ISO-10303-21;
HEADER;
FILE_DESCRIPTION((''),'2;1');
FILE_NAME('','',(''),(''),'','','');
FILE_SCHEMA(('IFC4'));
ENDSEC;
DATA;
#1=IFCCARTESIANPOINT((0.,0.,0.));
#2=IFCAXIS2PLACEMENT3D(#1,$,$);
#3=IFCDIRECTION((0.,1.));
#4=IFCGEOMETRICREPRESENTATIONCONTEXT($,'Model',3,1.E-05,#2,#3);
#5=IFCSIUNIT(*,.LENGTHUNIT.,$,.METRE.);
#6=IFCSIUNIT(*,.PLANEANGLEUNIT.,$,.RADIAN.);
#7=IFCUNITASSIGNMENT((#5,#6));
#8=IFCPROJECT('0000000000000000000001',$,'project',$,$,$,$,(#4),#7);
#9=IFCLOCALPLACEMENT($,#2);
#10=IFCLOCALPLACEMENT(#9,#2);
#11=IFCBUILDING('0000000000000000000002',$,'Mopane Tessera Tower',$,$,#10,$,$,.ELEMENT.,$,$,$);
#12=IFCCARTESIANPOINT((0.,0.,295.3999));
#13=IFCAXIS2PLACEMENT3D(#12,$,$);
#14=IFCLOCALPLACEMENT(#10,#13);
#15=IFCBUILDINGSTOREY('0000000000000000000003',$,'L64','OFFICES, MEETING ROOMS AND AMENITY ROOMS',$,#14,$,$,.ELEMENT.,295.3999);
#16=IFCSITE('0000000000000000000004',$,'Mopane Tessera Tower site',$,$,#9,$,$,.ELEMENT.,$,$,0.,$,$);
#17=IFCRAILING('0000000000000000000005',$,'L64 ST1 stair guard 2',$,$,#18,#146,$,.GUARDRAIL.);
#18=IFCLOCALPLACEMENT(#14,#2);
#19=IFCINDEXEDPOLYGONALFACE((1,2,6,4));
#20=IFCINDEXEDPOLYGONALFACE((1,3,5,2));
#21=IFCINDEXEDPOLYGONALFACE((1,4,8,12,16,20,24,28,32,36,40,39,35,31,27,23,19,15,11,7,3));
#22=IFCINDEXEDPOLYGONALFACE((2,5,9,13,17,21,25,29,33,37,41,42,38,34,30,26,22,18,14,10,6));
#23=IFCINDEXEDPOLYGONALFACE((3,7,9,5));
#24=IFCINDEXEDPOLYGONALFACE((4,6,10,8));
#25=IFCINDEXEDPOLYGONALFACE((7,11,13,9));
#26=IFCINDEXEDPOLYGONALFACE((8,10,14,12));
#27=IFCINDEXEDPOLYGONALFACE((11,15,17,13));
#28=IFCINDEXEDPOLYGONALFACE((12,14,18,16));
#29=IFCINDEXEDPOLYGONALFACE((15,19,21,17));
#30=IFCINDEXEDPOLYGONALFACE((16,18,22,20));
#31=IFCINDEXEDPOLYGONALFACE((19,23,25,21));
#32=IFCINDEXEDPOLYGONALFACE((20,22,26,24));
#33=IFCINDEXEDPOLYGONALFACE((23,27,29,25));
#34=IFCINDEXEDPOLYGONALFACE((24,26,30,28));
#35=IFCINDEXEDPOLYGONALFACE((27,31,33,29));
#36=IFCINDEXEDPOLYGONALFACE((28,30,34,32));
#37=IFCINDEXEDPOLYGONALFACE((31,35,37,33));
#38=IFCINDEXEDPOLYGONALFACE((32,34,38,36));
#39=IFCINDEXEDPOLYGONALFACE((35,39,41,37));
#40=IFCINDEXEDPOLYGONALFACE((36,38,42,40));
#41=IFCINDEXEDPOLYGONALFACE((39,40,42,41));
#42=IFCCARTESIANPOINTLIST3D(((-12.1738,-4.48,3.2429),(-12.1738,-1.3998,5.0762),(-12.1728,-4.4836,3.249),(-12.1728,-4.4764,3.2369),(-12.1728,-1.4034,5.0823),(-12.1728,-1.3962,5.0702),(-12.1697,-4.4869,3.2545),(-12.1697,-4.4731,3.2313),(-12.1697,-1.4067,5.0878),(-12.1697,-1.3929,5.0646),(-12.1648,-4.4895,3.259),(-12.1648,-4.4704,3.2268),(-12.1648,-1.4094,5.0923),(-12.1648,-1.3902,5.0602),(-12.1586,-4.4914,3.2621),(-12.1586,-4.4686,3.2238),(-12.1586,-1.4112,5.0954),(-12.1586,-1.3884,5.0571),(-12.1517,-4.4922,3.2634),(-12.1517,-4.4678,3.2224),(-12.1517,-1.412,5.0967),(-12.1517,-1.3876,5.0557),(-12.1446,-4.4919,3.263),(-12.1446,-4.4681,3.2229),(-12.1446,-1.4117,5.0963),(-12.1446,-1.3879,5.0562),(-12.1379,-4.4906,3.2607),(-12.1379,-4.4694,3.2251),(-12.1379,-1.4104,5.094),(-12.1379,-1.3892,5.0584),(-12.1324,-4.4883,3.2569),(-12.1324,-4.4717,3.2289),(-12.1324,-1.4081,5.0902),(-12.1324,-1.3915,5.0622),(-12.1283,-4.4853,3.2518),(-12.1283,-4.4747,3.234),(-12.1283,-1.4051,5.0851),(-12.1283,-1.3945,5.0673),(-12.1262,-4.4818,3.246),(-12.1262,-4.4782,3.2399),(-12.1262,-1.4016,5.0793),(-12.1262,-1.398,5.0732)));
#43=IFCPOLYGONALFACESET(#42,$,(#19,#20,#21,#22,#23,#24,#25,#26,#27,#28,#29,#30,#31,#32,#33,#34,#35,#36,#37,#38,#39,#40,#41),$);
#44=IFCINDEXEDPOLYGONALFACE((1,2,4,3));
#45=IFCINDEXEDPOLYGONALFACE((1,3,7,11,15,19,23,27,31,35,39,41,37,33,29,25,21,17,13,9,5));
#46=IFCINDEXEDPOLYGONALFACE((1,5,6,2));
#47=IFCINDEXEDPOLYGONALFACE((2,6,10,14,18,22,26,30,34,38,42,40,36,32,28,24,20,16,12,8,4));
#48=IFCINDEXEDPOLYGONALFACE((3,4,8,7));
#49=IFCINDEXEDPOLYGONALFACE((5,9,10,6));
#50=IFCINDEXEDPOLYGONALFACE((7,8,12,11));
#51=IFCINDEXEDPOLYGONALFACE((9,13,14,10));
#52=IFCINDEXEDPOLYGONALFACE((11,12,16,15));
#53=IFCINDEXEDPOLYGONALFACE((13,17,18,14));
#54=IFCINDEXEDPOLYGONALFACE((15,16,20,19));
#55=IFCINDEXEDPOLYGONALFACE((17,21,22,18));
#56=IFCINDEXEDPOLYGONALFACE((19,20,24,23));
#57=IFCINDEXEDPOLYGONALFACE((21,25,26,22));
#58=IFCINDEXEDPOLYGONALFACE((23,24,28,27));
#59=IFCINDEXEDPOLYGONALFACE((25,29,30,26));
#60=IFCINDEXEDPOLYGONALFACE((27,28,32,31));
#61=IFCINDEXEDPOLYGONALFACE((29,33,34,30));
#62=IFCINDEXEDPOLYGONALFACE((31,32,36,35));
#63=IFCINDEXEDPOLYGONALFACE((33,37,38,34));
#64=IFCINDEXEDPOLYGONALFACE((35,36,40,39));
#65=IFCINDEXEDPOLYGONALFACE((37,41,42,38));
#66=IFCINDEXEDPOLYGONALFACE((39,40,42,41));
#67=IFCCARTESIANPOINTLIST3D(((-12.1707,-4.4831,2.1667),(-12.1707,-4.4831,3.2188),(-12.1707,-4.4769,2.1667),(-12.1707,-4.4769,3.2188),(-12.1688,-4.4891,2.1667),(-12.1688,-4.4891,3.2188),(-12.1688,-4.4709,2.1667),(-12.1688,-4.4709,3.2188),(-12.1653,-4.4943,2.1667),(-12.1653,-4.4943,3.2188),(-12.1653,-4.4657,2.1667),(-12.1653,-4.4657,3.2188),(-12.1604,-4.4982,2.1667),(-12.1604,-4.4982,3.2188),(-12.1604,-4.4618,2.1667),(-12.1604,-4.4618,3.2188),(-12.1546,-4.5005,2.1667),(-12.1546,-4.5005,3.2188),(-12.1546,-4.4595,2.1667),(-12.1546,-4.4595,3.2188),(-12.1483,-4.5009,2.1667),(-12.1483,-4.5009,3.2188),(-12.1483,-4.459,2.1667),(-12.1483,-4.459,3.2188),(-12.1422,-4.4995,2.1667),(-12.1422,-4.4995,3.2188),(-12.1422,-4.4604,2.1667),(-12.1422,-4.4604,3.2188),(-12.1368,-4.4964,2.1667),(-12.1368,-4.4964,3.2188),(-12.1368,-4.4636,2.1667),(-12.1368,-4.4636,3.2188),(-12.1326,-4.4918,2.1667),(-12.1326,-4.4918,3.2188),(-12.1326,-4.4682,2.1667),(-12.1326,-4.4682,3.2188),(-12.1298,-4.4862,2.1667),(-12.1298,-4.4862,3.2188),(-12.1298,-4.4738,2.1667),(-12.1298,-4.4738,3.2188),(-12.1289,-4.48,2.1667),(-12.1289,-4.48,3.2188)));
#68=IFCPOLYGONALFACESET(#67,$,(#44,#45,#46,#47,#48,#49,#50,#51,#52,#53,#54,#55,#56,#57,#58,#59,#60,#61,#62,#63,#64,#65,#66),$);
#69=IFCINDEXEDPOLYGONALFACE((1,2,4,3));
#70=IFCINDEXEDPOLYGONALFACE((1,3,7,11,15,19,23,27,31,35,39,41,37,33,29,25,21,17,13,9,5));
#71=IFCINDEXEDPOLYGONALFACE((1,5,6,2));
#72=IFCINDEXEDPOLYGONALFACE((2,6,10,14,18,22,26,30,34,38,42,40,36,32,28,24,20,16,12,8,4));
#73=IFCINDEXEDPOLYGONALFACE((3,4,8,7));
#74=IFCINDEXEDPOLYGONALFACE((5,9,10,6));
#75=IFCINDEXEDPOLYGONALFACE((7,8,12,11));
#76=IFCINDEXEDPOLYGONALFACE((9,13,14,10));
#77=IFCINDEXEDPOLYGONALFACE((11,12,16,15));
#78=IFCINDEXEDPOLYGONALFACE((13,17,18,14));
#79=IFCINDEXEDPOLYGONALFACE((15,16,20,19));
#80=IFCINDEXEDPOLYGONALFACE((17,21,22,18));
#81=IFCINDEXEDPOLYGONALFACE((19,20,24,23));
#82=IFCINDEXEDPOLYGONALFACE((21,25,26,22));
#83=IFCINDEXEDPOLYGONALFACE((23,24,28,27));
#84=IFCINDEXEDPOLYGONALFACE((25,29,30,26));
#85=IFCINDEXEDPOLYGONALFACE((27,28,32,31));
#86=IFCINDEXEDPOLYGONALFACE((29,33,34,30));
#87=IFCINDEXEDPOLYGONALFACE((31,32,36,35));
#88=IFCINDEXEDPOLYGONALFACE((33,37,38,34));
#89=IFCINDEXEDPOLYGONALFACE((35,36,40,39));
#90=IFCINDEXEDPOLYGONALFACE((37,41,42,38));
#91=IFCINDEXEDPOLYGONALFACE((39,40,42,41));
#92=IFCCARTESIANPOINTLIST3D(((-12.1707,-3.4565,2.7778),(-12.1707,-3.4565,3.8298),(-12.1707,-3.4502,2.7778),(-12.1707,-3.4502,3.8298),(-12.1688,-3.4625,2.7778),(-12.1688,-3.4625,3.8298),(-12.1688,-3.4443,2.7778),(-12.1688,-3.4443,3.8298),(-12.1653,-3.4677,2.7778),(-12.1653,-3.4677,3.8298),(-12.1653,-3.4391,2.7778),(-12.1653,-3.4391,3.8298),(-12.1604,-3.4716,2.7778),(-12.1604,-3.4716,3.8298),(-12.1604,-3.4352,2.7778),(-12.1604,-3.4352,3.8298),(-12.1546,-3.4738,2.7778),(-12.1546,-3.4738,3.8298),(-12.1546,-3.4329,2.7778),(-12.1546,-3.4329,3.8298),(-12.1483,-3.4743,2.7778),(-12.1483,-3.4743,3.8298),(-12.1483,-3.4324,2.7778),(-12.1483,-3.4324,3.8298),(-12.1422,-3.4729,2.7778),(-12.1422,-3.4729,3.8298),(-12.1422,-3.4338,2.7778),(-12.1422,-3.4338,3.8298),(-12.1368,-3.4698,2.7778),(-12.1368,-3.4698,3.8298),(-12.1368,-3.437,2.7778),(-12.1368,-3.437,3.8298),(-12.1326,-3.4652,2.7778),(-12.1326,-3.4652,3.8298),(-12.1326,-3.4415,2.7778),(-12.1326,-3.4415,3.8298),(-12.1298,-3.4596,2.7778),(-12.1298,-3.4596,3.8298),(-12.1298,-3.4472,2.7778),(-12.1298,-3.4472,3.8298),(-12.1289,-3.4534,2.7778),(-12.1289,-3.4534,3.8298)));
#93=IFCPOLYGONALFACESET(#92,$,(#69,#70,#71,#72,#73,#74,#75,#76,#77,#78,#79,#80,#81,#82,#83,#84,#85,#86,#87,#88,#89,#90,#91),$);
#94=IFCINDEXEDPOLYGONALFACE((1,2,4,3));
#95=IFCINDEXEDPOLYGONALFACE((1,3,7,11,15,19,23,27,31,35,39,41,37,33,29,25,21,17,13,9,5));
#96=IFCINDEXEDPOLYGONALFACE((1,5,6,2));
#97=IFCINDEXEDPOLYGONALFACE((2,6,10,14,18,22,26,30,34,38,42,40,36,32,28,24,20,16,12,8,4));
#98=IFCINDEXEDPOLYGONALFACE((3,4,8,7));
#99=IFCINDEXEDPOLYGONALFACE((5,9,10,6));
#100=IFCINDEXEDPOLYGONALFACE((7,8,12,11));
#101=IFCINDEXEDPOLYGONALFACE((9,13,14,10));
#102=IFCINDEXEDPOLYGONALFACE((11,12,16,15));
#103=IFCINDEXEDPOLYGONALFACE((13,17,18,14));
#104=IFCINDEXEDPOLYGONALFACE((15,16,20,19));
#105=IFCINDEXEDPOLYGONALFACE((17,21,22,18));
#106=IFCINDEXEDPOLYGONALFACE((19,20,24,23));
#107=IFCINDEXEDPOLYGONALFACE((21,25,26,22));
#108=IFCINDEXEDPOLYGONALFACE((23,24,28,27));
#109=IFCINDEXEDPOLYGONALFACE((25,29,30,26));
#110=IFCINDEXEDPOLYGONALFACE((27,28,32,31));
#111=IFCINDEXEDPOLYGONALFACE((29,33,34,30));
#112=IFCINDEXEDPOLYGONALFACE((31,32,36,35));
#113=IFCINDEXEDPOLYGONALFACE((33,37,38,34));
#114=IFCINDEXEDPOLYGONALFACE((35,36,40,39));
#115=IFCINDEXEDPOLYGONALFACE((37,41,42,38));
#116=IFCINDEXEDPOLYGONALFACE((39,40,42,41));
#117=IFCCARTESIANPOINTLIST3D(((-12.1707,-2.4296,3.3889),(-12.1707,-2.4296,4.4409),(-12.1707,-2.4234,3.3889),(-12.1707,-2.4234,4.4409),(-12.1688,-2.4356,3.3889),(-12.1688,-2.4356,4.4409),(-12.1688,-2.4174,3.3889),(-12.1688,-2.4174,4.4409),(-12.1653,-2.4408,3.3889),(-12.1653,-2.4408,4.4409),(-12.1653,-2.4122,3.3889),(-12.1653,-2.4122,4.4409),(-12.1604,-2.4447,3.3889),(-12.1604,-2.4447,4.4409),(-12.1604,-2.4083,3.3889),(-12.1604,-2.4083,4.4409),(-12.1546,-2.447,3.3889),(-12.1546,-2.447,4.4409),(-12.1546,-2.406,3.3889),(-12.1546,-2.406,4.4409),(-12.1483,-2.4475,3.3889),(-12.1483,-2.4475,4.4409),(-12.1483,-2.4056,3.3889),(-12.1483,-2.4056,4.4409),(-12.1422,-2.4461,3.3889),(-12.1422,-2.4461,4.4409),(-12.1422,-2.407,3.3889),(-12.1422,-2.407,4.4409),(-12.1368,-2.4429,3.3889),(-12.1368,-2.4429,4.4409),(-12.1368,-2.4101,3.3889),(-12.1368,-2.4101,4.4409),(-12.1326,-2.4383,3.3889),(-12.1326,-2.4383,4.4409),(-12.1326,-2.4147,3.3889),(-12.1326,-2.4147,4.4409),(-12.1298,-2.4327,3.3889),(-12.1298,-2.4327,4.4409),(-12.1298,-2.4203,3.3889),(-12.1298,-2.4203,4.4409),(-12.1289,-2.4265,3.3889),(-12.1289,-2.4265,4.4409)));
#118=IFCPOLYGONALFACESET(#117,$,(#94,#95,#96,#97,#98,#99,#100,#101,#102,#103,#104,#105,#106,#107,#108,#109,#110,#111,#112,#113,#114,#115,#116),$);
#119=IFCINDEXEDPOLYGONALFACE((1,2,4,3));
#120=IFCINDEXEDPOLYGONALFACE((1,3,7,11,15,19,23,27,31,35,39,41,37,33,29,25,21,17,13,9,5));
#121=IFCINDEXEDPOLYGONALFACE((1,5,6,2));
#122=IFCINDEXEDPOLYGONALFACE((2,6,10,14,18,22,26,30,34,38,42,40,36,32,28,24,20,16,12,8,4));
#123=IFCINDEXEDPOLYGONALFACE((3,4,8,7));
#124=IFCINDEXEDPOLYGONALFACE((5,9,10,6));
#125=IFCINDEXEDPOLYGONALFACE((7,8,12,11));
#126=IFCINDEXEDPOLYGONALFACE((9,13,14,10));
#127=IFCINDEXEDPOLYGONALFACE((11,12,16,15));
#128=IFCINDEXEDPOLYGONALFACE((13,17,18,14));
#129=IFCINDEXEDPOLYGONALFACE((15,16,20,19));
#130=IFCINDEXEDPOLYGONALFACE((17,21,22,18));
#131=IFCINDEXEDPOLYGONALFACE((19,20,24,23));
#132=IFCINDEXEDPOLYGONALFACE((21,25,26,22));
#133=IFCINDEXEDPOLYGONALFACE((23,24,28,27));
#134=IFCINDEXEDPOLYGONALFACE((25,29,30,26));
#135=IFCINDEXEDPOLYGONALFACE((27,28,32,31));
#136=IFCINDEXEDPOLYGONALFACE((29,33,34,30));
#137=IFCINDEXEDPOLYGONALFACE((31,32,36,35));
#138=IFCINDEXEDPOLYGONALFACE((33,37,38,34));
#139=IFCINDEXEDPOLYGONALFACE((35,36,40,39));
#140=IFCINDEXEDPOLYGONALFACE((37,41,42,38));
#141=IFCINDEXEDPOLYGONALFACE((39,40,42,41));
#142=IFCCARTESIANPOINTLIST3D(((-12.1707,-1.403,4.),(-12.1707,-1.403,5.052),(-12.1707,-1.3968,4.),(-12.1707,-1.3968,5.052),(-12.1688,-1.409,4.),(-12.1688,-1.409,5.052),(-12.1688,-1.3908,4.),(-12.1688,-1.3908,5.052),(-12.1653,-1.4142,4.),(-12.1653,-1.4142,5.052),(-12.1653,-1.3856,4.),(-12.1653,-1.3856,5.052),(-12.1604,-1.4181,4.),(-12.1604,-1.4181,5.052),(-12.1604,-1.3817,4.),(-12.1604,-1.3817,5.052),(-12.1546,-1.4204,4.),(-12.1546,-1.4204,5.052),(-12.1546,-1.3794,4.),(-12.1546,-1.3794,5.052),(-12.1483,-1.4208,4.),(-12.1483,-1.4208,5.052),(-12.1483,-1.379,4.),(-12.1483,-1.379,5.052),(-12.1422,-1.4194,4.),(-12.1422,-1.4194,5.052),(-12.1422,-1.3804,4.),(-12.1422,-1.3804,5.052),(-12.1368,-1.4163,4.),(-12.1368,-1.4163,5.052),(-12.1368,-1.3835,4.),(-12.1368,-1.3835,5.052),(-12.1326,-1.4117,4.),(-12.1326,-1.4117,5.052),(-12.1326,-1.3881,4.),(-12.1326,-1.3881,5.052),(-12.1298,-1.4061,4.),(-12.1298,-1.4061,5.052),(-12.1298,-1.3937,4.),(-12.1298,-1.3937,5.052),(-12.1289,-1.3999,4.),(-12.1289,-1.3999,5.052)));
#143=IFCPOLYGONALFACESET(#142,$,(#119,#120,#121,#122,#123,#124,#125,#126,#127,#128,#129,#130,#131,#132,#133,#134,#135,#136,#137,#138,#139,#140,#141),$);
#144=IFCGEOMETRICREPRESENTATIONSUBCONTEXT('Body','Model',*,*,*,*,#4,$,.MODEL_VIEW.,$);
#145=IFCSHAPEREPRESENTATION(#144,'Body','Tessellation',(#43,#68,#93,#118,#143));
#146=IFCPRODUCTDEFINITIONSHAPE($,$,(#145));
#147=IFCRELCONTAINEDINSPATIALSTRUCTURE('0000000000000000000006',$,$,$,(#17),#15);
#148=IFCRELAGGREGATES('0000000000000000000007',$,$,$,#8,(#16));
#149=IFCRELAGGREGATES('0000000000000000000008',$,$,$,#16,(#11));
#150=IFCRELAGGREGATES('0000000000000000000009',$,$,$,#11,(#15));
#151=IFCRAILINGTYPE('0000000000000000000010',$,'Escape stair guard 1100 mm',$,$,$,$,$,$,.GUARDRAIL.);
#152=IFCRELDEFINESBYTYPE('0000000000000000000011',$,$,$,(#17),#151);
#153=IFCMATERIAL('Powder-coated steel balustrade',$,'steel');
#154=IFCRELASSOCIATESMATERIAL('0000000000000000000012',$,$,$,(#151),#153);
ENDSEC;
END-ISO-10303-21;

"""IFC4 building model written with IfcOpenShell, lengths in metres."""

from ifc_helpers import new_model, si_unit, direction, frame, origin, origin_2d, place, context, subcontext, project, spatial, circle, extrude, material, type_object, element, save


model = new_model("IFC4")

# Units and contexts
model_context = context("Model", 3, precision=1e-05, world=origin(), true_north=direction((0.0, 1.0)))
body_context = subcontext(model_context, "Body", "Model", "MODEL_VIEW")
ifc_project = project(units=[si_unit("LENGTHUNIT", "METRE"), si_unit("PLANEANGLEUNIT", "RADIAN")], contexts=[model_context])

# Site, building, storey
site_placement = place(None, origin())
site = spatial("IfcSite", under=ifc_project, at=site_placement, Name="Mopane Tessera Tower site", CompositionType="ELEMENT", RefElevation=0.0)
building_placement = place(site_placement, origin())
building = spatial("IfcBuilding", under=site, at=building_placement, Name="Mopane Tessera Tower", CompositionType="ELEMENT")
storey_placement = place(building_placement, frame((0.0, 0.0, 295.3999)))
storey = spatial("IfcBuildingStorey", under=building, at=storey_placement, Name="L64", Description="OFFICES, MEETING ROOMS AND AMENITY ROOMS", CompositionType="ELEMENT", Elevation=295.3999)

# Railing
ifc_material_1 = material(Name="Powder-coated steel balustrade", Category="steel")
railing_type_1 = type_object("IfcRailingType", Name="Escape stair guard 1100 mm", PredefinedType="GUARDRAIL", material=ifc_material_1)
railing_1_placement = place(storey_placement, frame((-12.1499, -4.48, 2.1667)))
element("IfcRailing", 1, at=railing_1_placement, inside=storey, type_object=railing_type_1, Name="L64 ST1 stair guard 2", PredefinedType="GUARDRAIL", context=body_context, shape_type="SweptSolid", body=[
    extrude(circle(Radius=0.0239, at=origin_2d()), frame((0.0, 0.0, 1.0762), z_axis=(0.0, 0.859309, 0.511458), x_axis=(-1.0, 0.0, 0.0)), (0.0, 0.0, 1.0), 3.5845),
    extrude(circle(Radius=0.021, at=origin_2d()), origin(), (0.0, 0.0, 1.0), 1.052),
    extrude(circle(Radius=0.021, at=origin_2d()), frame((0.0, 1.0266, 0.6111)), (0.0, 0.0, 1.0), 1.052),
    extrude(circle(Radius=0.021, at=origin_2d()), frame((0.0, 2.0535, 1.2222)), (0.0, 0.0, 1.0), 1.052),
    extrude(circle(Radius=0.021, at=origin_2d()), frame((0.0, 3.0801, 1.8333)), (0.0, 0.0, 1.0), 1.052),
])

save(model, "model.ifc")
